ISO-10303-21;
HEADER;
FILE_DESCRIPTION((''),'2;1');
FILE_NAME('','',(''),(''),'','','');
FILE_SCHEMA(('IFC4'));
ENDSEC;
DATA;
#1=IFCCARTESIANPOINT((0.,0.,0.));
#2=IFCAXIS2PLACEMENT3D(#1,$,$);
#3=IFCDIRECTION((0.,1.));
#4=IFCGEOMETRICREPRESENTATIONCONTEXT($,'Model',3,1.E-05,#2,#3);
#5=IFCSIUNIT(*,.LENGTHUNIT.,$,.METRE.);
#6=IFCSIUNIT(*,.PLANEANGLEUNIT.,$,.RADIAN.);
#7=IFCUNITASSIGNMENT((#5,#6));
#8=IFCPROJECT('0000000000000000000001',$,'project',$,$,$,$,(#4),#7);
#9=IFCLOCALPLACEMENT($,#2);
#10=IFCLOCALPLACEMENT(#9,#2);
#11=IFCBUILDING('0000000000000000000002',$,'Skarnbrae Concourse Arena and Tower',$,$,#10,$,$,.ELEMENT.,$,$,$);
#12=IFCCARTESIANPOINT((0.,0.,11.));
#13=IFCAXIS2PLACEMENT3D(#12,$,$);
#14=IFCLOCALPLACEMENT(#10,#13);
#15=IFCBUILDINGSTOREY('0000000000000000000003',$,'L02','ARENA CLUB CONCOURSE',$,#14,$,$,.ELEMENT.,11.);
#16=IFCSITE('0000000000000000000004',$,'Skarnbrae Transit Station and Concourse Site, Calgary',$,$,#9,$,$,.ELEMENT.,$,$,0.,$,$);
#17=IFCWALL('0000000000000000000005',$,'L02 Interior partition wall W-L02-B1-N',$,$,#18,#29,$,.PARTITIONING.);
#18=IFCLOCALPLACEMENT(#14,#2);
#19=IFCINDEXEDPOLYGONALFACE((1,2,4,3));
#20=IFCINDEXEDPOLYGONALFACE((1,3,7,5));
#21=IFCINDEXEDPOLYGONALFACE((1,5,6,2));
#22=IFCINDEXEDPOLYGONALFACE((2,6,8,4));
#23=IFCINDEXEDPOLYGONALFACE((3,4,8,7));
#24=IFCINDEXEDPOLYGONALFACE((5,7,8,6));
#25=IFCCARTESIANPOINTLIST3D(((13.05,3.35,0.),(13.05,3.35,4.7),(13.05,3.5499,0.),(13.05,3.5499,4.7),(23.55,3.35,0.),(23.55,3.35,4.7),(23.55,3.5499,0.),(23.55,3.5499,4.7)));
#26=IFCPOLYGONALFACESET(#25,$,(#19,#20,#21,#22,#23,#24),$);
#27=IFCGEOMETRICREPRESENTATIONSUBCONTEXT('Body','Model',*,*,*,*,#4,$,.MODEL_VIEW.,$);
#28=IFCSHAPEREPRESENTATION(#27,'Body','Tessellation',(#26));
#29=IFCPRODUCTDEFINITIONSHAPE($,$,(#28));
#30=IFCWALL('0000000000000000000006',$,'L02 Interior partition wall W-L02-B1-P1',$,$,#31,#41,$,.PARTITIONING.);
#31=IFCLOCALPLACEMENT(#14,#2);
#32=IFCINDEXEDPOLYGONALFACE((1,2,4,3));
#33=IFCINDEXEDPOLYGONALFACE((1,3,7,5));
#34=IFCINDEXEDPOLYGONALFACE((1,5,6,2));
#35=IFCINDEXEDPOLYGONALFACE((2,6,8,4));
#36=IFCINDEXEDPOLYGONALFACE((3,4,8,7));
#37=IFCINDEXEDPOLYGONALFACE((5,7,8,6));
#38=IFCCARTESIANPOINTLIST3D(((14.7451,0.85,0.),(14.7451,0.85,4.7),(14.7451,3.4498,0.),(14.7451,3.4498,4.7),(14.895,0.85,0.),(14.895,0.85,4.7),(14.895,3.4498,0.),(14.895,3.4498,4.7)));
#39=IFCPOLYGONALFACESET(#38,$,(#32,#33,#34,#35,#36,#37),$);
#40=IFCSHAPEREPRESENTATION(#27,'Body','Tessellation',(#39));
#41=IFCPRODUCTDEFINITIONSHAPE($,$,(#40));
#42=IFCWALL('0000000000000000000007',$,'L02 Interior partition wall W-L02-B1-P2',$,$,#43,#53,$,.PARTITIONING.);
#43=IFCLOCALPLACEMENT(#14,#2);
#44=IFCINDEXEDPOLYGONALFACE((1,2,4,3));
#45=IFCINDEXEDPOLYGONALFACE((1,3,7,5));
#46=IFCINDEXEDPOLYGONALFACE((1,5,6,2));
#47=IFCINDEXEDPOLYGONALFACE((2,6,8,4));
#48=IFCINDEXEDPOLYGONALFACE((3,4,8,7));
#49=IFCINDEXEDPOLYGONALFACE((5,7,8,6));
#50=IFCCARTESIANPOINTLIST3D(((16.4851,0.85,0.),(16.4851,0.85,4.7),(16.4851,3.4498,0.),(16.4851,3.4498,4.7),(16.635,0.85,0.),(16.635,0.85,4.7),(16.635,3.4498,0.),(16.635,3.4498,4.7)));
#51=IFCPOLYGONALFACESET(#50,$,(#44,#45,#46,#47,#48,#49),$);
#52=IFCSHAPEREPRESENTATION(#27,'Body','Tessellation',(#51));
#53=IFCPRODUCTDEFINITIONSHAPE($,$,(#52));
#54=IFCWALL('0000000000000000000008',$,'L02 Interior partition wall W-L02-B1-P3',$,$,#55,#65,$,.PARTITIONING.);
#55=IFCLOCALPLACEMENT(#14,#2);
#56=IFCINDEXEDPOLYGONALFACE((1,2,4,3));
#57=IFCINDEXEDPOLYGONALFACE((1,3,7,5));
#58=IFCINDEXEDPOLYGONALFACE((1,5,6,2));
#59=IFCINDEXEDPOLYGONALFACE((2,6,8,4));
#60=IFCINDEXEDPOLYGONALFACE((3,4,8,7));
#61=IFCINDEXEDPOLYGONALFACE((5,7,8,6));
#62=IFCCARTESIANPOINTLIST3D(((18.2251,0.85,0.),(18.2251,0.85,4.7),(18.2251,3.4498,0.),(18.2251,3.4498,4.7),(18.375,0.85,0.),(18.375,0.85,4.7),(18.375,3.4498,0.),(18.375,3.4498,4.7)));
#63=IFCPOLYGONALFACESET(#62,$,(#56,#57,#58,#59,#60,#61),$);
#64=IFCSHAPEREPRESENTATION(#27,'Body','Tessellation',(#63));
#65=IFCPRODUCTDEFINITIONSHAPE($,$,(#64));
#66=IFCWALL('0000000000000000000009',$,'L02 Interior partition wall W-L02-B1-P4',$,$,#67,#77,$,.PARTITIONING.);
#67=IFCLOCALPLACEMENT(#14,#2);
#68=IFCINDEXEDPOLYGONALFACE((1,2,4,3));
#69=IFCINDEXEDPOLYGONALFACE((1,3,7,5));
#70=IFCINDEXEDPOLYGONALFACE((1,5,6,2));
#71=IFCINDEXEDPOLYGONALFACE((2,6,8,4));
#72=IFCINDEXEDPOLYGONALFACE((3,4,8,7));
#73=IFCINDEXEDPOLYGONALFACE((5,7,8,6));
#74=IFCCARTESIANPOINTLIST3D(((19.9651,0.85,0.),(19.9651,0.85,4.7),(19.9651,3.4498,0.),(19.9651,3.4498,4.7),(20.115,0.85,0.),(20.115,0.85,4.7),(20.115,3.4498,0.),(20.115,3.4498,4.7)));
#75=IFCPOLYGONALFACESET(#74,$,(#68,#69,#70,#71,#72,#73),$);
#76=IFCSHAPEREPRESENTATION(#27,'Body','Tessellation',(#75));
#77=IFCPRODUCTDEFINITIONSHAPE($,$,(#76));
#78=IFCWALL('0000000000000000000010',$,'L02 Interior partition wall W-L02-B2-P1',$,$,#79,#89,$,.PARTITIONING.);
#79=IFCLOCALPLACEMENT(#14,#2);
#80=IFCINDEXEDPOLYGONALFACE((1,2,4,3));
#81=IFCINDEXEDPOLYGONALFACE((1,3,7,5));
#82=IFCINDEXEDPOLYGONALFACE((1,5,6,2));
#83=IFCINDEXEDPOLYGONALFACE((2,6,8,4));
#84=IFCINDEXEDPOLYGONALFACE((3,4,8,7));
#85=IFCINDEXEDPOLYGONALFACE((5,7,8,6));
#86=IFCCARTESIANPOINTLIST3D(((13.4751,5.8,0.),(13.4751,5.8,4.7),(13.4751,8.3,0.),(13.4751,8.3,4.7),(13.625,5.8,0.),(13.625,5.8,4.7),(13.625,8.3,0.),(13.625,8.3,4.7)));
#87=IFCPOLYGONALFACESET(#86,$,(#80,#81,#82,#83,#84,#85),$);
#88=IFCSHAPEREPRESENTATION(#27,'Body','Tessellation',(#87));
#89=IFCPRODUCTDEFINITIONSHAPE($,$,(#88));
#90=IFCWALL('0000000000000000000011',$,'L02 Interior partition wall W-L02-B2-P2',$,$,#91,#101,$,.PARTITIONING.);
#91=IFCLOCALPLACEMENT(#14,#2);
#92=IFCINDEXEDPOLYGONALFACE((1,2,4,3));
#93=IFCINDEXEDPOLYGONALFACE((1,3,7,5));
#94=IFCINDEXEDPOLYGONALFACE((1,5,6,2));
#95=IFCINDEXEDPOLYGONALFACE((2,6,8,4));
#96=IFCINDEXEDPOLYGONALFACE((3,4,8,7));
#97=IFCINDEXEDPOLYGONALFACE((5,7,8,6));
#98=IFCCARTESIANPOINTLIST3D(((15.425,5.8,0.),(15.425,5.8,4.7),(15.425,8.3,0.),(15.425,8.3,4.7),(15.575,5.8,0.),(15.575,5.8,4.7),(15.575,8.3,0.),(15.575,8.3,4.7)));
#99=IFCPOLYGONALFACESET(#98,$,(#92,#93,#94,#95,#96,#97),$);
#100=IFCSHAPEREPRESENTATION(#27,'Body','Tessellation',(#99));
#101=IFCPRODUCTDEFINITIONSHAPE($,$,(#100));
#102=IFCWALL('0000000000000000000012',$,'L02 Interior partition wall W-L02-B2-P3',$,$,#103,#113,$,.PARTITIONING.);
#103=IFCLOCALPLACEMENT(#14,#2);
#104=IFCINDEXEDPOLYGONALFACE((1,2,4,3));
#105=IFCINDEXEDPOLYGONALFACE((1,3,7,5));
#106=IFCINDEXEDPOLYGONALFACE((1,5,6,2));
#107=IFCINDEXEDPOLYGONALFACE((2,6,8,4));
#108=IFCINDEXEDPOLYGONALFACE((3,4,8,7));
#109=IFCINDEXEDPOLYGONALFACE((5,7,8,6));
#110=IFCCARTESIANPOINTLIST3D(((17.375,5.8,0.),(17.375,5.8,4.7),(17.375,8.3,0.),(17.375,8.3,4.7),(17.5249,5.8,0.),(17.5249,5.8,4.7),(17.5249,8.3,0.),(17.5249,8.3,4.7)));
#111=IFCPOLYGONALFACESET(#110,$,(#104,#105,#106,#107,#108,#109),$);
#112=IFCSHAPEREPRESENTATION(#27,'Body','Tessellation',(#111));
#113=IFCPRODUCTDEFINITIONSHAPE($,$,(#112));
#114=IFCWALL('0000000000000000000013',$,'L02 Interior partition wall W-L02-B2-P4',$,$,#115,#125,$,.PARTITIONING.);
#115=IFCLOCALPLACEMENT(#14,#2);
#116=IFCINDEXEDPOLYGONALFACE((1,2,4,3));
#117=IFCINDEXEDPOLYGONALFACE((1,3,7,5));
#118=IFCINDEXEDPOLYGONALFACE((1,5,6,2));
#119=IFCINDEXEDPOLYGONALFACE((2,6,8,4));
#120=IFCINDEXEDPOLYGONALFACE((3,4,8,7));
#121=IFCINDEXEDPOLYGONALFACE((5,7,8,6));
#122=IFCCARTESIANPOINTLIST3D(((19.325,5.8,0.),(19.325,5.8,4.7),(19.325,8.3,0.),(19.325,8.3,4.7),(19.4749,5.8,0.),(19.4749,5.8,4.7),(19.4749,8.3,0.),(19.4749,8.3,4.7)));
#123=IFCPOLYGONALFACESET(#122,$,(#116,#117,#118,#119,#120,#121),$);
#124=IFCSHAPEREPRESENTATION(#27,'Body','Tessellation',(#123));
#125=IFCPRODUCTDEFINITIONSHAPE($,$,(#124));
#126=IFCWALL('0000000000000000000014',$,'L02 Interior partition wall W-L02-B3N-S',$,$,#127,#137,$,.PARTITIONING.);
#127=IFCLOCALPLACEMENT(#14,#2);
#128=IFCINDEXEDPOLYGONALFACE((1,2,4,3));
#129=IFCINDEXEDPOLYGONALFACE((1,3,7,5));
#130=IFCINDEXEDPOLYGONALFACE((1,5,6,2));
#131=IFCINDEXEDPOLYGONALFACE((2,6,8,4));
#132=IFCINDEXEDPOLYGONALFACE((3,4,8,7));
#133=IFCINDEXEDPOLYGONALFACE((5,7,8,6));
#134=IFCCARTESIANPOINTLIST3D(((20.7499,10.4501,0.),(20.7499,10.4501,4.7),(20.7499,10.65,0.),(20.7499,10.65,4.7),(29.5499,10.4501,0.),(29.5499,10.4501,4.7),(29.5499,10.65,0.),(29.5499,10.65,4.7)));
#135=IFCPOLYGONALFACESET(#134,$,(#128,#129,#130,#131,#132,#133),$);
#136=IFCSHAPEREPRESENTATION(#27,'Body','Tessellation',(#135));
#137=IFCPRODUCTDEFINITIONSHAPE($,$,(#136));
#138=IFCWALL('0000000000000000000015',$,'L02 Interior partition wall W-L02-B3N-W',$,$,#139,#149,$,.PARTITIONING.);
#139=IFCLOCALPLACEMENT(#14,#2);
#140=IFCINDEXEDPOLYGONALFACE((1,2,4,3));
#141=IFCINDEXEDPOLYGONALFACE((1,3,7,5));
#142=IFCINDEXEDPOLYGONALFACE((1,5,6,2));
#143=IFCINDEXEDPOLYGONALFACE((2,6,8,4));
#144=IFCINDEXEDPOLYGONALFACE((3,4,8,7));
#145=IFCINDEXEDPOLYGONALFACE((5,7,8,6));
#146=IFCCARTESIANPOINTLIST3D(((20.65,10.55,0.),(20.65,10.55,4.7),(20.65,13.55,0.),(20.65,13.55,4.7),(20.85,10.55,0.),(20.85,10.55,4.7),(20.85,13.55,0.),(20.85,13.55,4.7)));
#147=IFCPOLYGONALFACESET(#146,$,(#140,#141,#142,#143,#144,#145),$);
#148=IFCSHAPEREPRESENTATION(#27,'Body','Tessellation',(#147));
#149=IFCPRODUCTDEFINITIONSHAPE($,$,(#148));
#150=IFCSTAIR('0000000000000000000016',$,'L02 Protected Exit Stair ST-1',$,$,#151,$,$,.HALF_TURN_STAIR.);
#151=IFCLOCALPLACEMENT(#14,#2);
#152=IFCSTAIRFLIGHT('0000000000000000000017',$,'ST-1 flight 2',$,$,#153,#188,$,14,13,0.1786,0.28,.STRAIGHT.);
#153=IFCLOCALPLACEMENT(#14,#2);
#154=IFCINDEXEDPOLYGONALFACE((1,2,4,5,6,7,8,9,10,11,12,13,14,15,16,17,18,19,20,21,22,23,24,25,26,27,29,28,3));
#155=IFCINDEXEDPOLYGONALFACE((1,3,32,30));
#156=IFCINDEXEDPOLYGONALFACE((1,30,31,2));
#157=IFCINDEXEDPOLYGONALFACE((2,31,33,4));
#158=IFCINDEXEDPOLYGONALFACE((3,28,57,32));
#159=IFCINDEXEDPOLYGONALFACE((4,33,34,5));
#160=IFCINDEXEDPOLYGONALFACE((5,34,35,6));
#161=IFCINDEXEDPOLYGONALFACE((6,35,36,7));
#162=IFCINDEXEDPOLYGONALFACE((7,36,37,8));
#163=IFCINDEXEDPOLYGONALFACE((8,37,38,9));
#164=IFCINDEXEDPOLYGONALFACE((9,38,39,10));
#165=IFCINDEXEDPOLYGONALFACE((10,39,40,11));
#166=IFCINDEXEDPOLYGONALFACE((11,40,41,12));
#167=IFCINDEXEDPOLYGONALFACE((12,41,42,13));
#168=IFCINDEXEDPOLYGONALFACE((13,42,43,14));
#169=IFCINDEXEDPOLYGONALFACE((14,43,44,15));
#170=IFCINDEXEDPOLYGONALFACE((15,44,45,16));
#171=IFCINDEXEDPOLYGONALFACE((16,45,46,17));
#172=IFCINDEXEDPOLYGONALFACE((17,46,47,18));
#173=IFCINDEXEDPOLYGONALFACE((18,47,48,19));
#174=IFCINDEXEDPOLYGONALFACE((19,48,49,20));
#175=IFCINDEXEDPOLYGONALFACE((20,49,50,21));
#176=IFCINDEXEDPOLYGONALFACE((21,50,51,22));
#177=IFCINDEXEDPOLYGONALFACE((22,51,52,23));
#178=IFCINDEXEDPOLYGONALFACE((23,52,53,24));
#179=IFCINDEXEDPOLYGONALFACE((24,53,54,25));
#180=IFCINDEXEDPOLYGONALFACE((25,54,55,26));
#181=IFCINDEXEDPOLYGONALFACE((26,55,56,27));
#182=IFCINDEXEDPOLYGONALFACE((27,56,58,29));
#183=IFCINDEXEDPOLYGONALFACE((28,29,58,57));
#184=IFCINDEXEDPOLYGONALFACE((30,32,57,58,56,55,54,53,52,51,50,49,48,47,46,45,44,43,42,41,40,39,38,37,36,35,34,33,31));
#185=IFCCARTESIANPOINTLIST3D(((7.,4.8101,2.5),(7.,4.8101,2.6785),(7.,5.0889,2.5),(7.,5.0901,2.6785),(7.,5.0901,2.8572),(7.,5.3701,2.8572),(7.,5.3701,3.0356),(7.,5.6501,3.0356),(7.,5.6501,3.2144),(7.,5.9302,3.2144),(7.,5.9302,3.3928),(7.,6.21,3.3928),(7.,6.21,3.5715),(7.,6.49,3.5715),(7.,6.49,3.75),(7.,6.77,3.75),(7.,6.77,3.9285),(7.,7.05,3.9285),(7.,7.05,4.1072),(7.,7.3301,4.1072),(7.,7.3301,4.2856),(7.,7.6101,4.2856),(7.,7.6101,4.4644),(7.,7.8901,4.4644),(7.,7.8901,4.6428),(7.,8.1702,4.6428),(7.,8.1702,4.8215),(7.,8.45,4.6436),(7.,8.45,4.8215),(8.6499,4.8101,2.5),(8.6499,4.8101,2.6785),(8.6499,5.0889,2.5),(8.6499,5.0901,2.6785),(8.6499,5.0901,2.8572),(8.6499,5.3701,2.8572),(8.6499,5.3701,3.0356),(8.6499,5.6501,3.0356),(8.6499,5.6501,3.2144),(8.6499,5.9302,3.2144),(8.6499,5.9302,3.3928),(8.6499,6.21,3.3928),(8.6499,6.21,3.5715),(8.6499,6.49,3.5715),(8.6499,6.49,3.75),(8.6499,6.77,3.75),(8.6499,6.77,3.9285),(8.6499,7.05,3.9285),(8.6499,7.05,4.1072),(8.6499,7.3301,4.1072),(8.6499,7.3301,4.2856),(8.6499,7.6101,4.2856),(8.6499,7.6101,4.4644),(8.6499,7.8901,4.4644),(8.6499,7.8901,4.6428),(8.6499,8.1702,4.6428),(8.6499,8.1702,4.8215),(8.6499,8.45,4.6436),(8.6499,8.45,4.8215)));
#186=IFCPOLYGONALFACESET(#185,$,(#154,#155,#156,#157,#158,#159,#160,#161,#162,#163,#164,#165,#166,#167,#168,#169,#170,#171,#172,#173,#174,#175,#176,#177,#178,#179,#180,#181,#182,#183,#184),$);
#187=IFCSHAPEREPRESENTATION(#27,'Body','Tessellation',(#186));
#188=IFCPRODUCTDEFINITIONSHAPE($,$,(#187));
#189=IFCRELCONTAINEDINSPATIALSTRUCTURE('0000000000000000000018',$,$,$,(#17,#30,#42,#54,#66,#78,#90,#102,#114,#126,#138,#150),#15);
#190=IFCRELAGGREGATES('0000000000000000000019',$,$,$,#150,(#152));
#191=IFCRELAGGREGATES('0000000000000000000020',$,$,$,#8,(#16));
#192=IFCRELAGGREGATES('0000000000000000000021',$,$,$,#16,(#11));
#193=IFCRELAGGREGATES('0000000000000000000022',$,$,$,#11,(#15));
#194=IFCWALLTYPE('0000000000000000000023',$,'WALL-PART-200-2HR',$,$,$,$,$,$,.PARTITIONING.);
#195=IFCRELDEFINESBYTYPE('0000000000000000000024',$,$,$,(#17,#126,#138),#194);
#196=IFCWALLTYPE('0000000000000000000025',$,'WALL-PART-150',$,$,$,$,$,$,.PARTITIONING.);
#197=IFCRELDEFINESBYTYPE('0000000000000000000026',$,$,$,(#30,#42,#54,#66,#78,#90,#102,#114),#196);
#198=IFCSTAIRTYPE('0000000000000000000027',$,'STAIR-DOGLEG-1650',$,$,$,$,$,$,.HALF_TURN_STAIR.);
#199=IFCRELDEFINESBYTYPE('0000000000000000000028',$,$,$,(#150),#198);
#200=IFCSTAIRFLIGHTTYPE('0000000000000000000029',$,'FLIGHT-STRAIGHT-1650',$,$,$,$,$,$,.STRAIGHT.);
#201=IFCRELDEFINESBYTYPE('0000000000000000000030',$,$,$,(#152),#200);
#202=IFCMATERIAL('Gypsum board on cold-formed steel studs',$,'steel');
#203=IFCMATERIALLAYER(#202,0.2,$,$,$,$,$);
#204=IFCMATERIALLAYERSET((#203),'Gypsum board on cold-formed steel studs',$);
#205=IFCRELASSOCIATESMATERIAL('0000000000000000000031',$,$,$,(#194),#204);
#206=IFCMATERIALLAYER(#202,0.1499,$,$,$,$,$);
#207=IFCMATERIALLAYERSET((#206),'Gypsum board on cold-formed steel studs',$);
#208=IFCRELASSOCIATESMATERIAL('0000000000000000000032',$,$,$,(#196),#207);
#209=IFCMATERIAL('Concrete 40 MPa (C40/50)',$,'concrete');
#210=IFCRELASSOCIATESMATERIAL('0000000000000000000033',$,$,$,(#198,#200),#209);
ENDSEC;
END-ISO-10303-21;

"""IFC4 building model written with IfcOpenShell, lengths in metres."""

from ifc_helpers import new_model, si_unit, direction, frame, frame_2d, origin, place, context, subcontext, project, spatial, polyline, rectangle, outline, extrude, source, transform, mapped, material, layer, layer_set, type_object, element, aggregate, save


model = new_model("IFC4")

# Units and contexts
model_context = context("Model", 3, precision=1e-05, world=origin(), true_north=direction((0.0, 1.0)))
body_context = subcontext(model_context, "Body", "Model", "MODEL_VIEW")
ifc_project = project(units=[si_unit("LENGTHUNIT", "METRE"), si_unit("PLANEANGLEUNIT", "RADIAN")], contexts=[model_context])

# Site, building, storey
site_placement = place(None, origin())
site = spatial("IfcSite", under=ifc_project, at=site_placement, Name="Skarnbrae Transit Station and Concourse Site, Calgary", CompositionType="ELEMENT", RefElevation=0.0)
building_placement = place(site_placement, origin())
building = spatial("IfcBuilding", under=site, at=building_placement, Name="Skarnbrae Concourse Arena and Tower", CompositionType="ELEMENT")
storey_placement = place(building_placement, frame((0.0, 0.0, 11.0)))
storey = spatial("IfcBuildingStorey", under=building, at=storey_placement, Name="L02", Description="ARENA CLUB CONCOURSE", CompositionType="ELEMENT", Elevation=11.0)

# Shared definitions
ifc_material_1 = material(Name="Gypsum board on cold-formed steel studs", Category="steel")
ifc_layer_1 = layer(ifc_material_1, 0.2)
ifc_layer_set_1 = layer_set([ifc_layer_1], Name="Gypsum board on cold-formed steel studs")
wall_type_1 = type_object("IfcWallType", Name="WALL-PART-200-2HR", PredefinedType="PARTITIONING", material=ifc_layer_set_1)

# Walls
ifc_layer_2 = layer(ifc_material_1, 0.1499)
ifc_layer_set_2 = layer_set([ifc_layer_2], Name="Gypsum board on cold-formed steel studs")
wall_type_2 = type_object("IfcWallType", Name="WALL-PART-150", PredefinedType="PARTITIONING", material=ifc_layer_set_2)
shared_shape_1 = source(origin(), body_context, "Body", "SweptSolid", [
    extrude(rectangle(XDim=10.5, YDim=0.2, at=frame_2d((5.25, 0.0))), origin(), (0.0, 0.0, 1.0), 4.7),
])
wall_1_placement = place(storey_placement, frame((13.05, 3.45, 0.0), z_axis=(0.0, 0.0, 1.0), x_axis=(1.0, 0.0, 0.0)))
element("IfcWall", 1, at=wall_1_placement, inside=storey, type_object=wall_type_1, Name="L02 Interior partition wall W-L02-B1-N", PredefinedType="PARTITIONING", context=body_context, shape_type="MappedRepresentation", body=[
    mapped(shared_shape_1, transform((0.0, 0.0, 0.0))),
])
shared_shape_2 = source(origin(), body_context, "Body", "SweptSolid", [
    extrude(rectangle(XDim=2.5999, YDim=0.1499, at=frame_2d((1.2998, 0.0))), origin(), (0.0, 0.0, 1.0), 4.7),
])
for number, where, z_axis, x_axis, name in (
    (2, (14.8201, 0.8501, 0.0), (0.0, 0.0, 1.0), (0.0, 1.0, 0.0), "L02 Interior partition wall W-L02-B1-P1"),
    (3, (16.5601, 0.8501, 0.0), (0.0, 0.0, 1.0), (0.0, 1.0, 0.0), "L02 Interior partition wall W-L02-B1-P2"),
    (4, (18.3, 0.8501, 0.0), (0.0, 0.0, 1.0), (0.0, 1.0, 0.0), "L02 Interior partition wall W-L02-B1-P3"),
    (5, (20.04, 0.8501, 0.0), (0.0, 0.0, 1.0), (0.0, 1.0, 0.0), "L02 Interior partition wall W-L02-B1-P4"),
):
    element("IfcWall", number, at=place(storey_placement, frame(where, z_axis=z_axis, x_axis=x_axis)), inside=storey, type_object=wall_type_2, Name=name, PredefinedType="PARTITIONING", context=body_context, shape_type="MappedRepresentation", body=[
        mapped(shared_shape_2, transform((0.0, 0.0, 0.0))),
    ])
shared_shape_3 = source(origin(), body_context, "Body", "SweptSolid", [
    extrude(rectangle(XDim=2.5, YDim=0.1499, at=frame_2d((1.25, 0.0))), origin(), (0.0, 0.0, 1.0), 4.7),
])
for number, where, z_axis, x_axis, name in (
    (6, (13.55, 5.8, 0.0), (0.0, 0.0, 1.0), (0.0, 1.0, 0.0), "L02 Interior partition wall W-L02-B2-P1"),
    (7, (15.5, 5.8, 0.0), (0.0, 0.0, 1.0), (0.0, 1.0, 0.0), "L02 Interior partition wall W-L02-B2-P2"),
    (8, (17.45, 5.8, 0.0), (0.0, 0.0, 1.0), (0.0, 1.0, 0.0), "L02 Interior partition wall W-L02-B2-P3"),
    (9, (19.3999, 5.8, 0.0), (0.0, 0.0, 1.0), (0.0, 1.0, 0.0), "L02 Interior partition wall W-L02-B2-P4"),
):
    element("IfcWall", number, at=place(storey_placement, frame(where, z_axis=z_axis, x_axis=x_axis)), inside=storey, type_object=wall_type_2, Name=name, PredefinedType="PARTITIONING", context=body_context, shape_type="MappedRepresentation", body=[
        mapped(shared_shape_3, transform((0.0, 0.0, 0.0))),
    ])
shared_shape_4 = source(origin(), body_context, "Body", "SweptSolid", [
    extrude(rectangle(XDim=8.8, YDim=0.2, at=frame_2d((4.3999, 0.0))), origin(), (0.0, 0.0, 1.0), 4.7),
])
wall_2_placement = place(storey_placement, frame((20.75, 10.55, 0.0), z_axis=(0.0, 0.0, 1.0), x_axis=(1.0, 0.0, 0.0)))
element("IfcWall", 10, at=wall_2_placement, inside=storey, type_object=wall_type_1, Name="L02 Interior partition wall W-L02-B3N-S", PredefinedType="PARTITIONING", context=body_context, shape_type="MappedRepresentation", body=[
    mapped(shared_shape_4, transform((0.0, 0.0, 0.0))),
])
shared_shape_5 = source(origin(), body_context, "Body", "SweptSolid", [
    extrude(rectangle(XDim=3.0, YDim=0.2, at=frame_2d((1.5, 0.0))), origin(), (0.0, 0.0, 1.0), 4.7),
])
wall_3_placement = place(storey_placement, frame((20.75, 10.55, 0.0), z_axis=(0.0, 0.0, 1.0), x_axis=(0.0, 1.0, 0.0)))
element("IfcWall", 11, at=wall_3_placement, inside=storey, type_object=wall_type_1, Name="L02 Interior partition wall W-L02-B3N-W", PredefinedType="PARTITIONING", context=body_context, shape_type="MappedRepresentation", body=[
    mapped(shared_shape_5, transform((0.0, 0.0, 0.0))),
])

# Stair, stair flight
ifc_material_2 = material(Name="Concrete 40 MPa (C40/50)", Category="concrete")
stair_type = type_object("IfcStairType", Name="STAIR-DOGLEG-1650", PredefinedType="HALF_TURN_STAIR", material=ifc_material_2)
stair_placement = place(storey_placement, origin())
stair = element("IfcStair", 12, at=stair_placement, inside=storey, type_object=stair_type, Name="L02 Protected Exit Stair ST-1", PredefinedType="HALF_TURN_STAIR")
stair_flight_type = type_object("IfcStairFlightType", Name="FLIGHT-STRAIGHT-1650", PredefinedType="STRAIGHT", material=ifc_material_2)
shared_shape_6 = source(origin(), body_context, "Body", "SweptSolid", [
    extrude(outline(polyline([(0.0, 0.0), (0.0, 0.1785), (0.28, 0.1785), (0.28, 0.3572), (0.5601, 0.3572), (0.5601, 0.5356), (0.8401, 0.5356), (0.8401, 0.7144), (1.1201, 0.7144), (1.1201, 0.8928), (1.3999, 0.8928), (1.3999, 1.0715), (1.6799, 1.0715), (1.6799, 1.25), (1.96, 1.25), (1.96, 1.4285), (2.24, 1.4285), (2.24, 1.6072), (2.52, 1.6072), (2.52, 1.7856), (2.8, 1.7856), (2.8, 1.9644), (3.0801, 1.9644), (3.0801, 2.1428), (3.3601, 2.1428), (3.3601, 2.3215), (3.6399, 2.3215), (3.6399, 2.5), (3.6399, 2.1436), (0.2788, 0.0), (0.0, 0.0)])), frame((0.0, 0.825, 0.0), z_axis=(0.0, -1.0, 0.0), x_axis=(1.0, 0.0, 0.0)), (0.0, 0.0, 1.0), 1.6499),
])
stair_flight_placement = place(storey_placement, frame((7.825, 4.8101, 2.5), z_axis=(0.0, 0.0, 1.0), x_axis=(0.0, 1.0, 0.0)))
stair_flight = element("IfcStairFlight", 13, at=stair_flight_placement, type_object=stair_flight_type, Name="ST-1 flight 2", NumberOfRisers=14, NumberOfTreads=13, PredefinedType="STRAIGHT", RiserHeight=0.1786, TreadLength=0.28, context=body_context, shape_type="MappedRepresentation", body=[
    mapped(shared_shape_6, transform((0.0, 0.0, 0.0))),
])
aggregate(stair, [stair_flight])

save(model, "model.ifc")
